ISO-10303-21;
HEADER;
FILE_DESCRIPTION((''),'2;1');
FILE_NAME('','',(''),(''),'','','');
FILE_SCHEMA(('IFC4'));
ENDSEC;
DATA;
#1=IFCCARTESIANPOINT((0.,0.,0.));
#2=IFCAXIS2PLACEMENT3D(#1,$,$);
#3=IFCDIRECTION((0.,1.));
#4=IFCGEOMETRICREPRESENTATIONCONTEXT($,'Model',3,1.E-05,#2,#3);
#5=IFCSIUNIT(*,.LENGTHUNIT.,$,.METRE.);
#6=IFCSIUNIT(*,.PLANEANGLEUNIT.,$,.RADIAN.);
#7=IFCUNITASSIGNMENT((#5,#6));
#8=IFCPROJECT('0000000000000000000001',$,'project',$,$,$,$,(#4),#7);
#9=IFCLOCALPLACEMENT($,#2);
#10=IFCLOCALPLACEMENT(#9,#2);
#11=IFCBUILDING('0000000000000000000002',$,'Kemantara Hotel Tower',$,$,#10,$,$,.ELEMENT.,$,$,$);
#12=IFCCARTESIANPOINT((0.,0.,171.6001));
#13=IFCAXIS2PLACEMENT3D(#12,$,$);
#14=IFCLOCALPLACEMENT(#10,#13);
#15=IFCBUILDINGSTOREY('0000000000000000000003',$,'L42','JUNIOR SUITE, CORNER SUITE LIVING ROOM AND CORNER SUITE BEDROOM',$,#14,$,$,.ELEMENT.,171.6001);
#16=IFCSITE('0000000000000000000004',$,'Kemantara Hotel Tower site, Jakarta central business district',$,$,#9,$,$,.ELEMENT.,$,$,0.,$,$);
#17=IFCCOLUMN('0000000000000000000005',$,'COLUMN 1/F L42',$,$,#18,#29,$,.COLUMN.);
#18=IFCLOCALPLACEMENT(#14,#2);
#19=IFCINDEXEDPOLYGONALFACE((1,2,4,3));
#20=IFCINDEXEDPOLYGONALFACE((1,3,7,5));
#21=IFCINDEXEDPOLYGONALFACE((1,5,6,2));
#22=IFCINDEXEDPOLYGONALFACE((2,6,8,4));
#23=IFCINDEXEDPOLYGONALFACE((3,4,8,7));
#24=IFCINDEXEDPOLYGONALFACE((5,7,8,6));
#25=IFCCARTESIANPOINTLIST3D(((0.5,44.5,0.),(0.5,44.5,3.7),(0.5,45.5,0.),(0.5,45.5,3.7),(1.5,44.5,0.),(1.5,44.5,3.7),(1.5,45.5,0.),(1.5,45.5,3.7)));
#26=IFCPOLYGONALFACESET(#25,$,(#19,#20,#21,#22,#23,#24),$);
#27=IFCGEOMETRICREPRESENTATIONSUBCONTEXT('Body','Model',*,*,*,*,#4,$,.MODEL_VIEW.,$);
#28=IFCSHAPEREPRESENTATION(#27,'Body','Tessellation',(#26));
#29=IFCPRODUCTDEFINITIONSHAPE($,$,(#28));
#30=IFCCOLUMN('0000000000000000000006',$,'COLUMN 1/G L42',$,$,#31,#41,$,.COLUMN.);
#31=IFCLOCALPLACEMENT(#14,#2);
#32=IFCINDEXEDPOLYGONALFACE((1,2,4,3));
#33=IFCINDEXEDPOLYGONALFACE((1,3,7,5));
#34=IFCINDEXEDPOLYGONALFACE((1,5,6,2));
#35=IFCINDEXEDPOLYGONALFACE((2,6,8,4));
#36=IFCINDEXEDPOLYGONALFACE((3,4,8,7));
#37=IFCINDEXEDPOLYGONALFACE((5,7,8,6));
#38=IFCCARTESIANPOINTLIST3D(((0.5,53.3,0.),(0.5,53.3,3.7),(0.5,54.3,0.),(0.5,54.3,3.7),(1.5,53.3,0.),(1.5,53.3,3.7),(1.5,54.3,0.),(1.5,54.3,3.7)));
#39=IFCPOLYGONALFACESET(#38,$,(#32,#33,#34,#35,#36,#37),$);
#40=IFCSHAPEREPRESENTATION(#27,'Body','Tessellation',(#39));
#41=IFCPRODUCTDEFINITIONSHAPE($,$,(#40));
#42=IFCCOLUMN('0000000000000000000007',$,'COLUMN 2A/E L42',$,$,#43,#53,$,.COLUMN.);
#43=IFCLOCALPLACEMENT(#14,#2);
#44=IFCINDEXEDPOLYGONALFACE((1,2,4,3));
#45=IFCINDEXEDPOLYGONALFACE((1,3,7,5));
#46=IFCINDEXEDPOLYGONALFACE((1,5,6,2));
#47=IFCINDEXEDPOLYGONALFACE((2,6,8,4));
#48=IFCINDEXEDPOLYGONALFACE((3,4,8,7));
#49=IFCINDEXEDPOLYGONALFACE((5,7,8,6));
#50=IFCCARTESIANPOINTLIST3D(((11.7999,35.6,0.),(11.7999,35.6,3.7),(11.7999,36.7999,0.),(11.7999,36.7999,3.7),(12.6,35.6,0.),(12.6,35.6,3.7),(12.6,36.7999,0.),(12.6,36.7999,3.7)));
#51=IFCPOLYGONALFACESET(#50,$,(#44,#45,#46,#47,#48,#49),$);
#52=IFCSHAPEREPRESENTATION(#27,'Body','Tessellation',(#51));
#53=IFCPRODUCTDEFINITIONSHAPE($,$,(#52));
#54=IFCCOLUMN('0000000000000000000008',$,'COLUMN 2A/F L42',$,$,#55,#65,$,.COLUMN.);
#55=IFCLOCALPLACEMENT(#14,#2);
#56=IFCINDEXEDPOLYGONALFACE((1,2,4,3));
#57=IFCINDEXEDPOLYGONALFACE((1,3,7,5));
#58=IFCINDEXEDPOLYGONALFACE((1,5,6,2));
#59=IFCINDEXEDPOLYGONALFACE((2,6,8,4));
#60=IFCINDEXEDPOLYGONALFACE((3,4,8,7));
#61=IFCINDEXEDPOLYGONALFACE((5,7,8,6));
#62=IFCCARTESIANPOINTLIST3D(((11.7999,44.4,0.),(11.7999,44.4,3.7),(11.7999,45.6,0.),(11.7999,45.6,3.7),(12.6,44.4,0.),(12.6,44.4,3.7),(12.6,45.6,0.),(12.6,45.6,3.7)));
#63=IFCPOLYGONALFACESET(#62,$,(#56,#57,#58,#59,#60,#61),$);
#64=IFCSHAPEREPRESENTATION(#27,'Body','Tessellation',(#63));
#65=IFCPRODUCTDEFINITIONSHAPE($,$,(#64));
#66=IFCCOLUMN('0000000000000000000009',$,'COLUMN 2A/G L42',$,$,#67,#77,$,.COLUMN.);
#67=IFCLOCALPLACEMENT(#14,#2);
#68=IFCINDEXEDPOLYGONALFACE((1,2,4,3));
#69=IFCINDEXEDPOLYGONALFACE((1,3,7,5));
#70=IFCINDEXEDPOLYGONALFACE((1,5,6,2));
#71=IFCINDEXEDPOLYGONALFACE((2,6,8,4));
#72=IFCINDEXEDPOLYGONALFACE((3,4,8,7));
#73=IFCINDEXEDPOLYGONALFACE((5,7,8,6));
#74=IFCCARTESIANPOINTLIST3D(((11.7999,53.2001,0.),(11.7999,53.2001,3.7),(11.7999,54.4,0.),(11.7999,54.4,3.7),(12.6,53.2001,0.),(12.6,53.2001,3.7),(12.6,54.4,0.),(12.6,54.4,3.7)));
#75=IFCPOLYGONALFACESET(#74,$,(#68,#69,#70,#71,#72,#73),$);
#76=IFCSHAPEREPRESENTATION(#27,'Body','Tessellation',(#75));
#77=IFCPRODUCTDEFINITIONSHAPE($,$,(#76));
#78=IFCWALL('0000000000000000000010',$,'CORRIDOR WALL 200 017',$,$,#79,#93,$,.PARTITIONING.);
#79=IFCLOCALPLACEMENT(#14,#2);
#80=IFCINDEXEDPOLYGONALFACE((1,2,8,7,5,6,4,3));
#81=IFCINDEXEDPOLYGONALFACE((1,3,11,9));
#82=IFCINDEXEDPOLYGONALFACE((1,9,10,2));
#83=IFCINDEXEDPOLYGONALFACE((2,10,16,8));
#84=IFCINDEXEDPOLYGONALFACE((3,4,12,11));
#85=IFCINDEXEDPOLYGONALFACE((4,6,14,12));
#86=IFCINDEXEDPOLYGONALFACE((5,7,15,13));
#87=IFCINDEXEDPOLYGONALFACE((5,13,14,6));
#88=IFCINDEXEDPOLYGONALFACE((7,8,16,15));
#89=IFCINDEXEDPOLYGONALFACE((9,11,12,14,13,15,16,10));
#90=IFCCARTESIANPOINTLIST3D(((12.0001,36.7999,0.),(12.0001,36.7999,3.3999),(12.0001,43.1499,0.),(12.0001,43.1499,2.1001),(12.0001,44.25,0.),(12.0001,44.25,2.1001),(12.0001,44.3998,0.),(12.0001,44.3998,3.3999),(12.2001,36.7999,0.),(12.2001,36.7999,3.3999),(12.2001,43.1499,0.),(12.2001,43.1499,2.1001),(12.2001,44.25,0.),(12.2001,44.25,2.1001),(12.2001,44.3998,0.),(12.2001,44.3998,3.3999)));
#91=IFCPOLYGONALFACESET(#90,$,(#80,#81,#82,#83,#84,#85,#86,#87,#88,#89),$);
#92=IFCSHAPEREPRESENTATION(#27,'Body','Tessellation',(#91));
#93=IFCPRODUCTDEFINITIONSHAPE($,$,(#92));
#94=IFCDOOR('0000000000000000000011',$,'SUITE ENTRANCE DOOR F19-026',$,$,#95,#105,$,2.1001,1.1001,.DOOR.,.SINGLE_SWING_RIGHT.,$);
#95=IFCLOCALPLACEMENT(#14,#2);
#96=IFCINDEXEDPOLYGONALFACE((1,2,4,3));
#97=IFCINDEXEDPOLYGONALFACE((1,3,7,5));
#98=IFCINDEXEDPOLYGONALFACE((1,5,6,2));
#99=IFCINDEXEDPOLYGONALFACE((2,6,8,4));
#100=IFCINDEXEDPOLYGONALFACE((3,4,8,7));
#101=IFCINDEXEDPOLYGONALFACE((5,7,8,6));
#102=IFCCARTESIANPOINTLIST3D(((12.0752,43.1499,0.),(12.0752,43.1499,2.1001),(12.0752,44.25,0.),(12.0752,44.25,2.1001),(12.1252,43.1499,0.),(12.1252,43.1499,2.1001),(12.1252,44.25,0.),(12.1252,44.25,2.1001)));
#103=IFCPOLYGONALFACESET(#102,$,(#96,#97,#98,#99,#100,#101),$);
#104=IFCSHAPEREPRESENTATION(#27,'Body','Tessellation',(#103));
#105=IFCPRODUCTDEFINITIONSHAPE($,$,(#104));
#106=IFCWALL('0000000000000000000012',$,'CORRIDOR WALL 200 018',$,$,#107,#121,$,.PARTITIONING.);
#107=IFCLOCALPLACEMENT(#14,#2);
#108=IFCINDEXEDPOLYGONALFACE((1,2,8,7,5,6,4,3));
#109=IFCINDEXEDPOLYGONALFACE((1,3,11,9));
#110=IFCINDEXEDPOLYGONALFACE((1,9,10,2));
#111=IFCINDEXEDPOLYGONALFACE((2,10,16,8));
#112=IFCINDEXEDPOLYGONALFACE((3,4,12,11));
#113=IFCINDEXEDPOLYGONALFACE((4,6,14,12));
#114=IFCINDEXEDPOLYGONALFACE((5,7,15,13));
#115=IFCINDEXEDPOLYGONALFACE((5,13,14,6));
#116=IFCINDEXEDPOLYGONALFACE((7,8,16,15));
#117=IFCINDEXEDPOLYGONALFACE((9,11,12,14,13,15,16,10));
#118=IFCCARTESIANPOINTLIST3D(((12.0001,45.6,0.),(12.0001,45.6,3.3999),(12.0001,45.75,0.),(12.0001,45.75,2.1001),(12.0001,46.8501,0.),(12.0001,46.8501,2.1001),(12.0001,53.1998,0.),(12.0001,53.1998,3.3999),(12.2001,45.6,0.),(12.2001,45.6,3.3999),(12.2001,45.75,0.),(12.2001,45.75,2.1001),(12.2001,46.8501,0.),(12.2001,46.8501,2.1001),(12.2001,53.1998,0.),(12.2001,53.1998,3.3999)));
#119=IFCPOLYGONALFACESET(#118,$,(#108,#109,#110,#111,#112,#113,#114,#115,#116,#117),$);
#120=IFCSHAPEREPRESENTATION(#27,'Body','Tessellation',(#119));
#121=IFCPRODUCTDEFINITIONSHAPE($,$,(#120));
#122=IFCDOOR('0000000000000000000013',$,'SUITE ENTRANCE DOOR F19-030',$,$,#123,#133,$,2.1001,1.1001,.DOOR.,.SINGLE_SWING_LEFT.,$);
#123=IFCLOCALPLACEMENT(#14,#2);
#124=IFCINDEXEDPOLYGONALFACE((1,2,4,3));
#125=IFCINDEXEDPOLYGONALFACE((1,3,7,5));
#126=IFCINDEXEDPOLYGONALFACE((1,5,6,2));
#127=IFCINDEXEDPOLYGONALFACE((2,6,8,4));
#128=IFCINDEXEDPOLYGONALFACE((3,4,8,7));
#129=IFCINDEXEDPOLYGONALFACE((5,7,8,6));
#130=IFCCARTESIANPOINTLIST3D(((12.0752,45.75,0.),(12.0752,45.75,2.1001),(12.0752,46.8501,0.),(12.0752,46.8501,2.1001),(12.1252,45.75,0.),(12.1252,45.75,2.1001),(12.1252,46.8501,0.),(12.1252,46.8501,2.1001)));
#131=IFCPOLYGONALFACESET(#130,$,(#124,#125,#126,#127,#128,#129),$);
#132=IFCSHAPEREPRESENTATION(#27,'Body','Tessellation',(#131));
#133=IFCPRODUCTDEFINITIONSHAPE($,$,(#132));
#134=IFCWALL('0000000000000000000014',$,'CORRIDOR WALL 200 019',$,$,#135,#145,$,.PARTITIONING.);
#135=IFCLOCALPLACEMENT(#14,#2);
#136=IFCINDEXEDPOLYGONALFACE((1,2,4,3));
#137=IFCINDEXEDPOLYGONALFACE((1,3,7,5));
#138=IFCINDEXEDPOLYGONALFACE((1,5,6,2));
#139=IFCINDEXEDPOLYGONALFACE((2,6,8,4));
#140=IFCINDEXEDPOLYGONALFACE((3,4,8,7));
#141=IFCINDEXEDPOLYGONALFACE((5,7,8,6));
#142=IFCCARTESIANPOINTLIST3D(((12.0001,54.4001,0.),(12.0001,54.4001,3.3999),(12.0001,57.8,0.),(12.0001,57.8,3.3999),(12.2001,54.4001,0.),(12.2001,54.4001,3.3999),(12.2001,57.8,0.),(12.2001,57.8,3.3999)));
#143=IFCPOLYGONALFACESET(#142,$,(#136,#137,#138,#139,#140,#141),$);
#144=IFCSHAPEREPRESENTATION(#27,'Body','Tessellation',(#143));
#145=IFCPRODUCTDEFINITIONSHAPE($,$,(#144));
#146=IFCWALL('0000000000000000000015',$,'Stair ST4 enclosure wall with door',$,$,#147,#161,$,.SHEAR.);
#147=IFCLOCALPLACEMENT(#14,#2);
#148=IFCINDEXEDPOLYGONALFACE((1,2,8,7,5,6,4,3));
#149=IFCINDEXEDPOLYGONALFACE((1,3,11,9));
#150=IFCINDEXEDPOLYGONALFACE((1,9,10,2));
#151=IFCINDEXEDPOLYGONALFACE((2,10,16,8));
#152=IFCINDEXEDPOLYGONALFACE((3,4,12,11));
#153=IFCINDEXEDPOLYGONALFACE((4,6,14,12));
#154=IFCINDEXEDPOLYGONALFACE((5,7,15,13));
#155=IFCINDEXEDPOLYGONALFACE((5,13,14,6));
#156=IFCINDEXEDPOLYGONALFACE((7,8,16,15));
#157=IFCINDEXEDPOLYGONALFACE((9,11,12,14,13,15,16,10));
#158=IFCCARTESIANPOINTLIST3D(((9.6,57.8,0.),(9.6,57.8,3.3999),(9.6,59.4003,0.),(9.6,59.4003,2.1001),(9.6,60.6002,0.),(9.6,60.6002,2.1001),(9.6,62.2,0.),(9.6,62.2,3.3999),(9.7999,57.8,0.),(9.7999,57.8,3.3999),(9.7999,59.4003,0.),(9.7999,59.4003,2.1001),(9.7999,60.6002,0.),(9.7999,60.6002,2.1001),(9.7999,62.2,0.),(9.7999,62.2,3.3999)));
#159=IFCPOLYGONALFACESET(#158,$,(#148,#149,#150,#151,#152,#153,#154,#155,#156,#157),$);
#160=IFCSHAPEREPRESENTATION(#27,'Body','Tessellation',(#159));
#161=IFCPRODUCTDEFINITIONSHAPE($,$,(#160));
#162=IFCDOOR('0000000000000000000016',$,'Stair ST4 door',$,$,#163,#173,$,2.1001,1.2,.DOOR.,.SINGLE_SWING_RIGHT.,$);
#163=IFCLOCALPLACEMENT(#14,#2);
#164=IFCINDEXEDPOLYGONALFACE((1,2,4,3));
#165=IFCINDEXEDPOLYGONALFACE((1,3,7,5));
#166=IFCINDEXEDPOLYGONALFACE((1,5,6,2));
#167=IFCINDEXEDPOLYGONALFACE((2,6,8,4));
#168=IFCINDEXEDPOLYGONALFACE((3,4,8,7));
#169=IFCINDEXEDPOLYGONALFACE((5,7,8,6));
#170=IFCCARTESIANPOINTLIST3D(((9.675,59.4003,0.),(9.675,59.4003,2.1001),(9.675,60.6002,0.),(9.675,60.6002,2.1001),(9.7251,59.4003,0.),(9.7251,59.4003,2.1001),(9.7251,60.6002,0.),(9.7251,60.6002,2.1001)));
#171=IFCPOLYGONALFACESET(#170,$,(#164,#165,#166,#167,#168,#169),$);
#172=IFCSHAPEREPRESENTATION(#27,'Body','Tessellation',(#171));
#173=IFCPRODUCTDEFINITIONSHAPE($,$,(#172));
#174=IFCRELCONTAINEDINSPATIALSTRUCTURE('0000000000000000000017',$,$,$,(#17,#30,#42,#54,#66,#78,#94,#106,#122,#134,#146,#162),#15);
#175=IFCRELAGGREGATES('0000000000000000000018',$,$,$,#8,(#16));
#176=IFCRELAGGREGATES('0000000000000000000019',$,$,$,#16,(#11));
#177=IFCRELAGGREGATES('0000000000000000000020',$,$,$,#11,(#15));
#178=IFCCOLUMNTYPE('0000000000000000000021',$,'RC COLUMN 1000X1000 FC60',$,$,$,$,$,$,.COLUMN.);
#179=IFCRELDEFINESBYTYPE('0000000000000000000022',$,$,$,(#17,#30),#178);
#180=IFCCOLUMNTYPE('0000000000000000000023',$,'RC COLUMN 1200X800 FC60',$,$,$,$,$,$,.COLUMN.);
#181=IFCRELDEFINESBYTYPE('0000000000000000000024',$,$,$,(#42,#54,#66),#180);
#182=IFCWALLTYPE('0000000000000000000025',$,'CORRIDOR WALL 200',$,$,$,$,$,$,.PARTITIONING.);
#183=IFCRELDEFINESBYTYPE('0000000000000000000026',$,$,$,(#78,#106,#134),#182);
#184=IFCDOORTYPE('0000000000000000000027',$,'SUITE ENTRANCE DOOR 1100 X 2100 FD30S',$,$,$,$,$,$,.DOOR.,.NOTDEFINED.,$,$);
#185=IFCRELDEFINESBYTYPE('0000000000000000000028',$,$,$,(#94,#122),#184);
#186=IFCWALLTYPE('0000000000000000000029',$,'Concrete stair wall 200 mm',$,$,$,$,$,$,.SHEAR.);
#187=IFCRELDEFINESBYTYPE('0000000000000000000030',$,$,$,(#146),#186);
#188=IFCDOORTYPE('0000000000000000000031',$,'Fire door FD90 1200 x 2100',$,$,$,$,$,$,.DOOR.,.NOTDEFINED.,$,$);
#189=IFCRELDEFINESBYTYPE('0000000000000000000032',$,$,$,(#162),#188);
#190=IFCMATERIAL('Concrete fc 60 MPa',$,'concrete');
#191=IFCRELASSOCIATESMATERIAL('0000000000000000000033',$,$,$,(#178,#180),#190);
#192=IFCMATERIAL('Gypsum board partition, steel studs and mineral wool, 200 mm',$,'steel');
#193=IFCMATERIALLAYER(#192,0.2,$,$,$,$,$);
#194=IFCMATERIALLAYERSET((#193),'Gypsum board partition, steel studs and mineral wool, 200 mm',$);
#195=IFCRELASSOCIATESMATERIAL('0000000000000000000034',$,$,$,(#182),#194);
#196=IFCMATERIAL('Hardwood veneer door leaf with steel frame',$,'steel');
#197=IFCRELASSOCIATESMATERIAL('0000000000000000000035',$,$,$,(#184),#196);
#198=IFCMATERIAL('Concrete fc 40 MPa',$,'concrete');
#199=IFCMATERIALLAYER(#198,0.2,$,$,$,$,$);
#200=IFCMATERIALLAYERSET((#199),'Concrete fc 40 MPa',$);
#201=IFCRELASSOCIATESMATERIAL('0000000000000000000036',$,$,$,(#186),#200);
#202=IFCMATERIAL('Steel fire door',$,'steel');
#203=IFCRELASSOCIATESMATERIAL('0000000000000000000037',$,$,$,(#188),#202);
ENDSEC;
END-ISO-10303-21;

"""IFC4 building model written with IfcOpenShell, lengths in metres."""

from ifc_helpers import new_model, si_unit, direction, frame, frame_2d, origin, origin_2d, place, context, subcontext, project, spatial, rectangle, extrude, material, layer, layer_set, material_profile, profile_set, type_object, element, fill, save


model = new_model("IFC4")

# Units and contexts
model_context = context("Model", 3, precision=1e-05, world=origin(), true_north=direction((0.0, 1.0)))
body_context = subcontext(model_context, "Body", "Model", "MODEL_VIEW")
ifc_project = project(units=[si_unit("LENGTHUNIT", "METRE"), si_unit("PLANEANGLEUNIT", "RADIAN")], contexts=[model_context])

# Site, building, storey
site_placement = place(None, origin())
site = spatial("IfcSite", under=ifc_project, at=site_placement, Name="Kemantara Hotel Tower site, Jakarta central business district", CompositionType="ELEMENT", RefElevation=0.0)
building_placement = place(site_placement, origin())
building = spatial("IfcBuilding", under=site, at=building_placement, Name="Kemantara Hotel Tower", CompositionType="ELEMENT")
storey_placement = place(building_placement, frame((0.0, 0.0, 171.6001)))
storey = spatial("IfcBuildingStorey", under=building, at=storey_placement, Name="L42", Description="JUNIOR SUITE, CORNER SUITE LIVING ROOM AND CORNER SUITE BEDROOM", CompositionType="ELEMENT", Elevation=171.6001)

# Columns
ifc_material_1 = material(Name="Concrete fc 60 MPa", Category="concrete")
ifc_material_profile_1 = material_profile(ifc_material_1, rectangle(XDim=1.0, YDim=1.0, at=origin_2d()), Name="RC 1000X1000")
ifc_profile_set_1 = profile_set([ifc_material_profile_1], Name="Concrete fc 60 MPa")
column_type_1 = type_object("IfcColumnType", Name="RC COLUMN 1000X1000 FC60", PredefinedType="COLUMN", material=ifc_profile_set_1)
for number, where, z_axis, x_axis, name in (
    (1, (1.0, 45.0, 0.0), (0.0, 0.0, 1.0), (1.0, 0.0, 0.0), "COLUMN 1/F L42"),
    (2, (1.0, 53.8, 0.0), (0.0, 0.0, 1.0), (1.0, 0.0, 0.0), "COLUMN 1/G L42"),
):
    element("IfcColumn", number, at=place(storey_placement, frame(where, z_axis=z_axis, x_axis=x_axis)), inside=storey, type_object=column_type_1, Name=name, PredefinedType="COLUMN", context=body_context, shape_type="SweptSolid", body=[
        extrude(rectangle(XDim=1.0, YDim=1.0, at=origin_2d()), origin(), (0.0, 0.0, 1.0), 3.7),
    ])
ifc_material_profile_2 = material_profile(ifc_material_1, rectangle(XDim=1.2, YDim=0.8, at=origin_2d()), Name="RC 1200X800")
ifc_profile_set_2 = profile_set([ifc_material_profile_2], Name="Concrete fc 60 MPa")
column_type_2 = type_object("IfcColumnType", Name="RC COLUMN 1200X800 FC60", PredefinedType="COLUMN", material=ifc_profile_set_2)
for number, where, z_axis, x_axis, name in (
    (3, (12.2, 36.2, 0.0), (0.0, 0.0, 1.0), (0.0, 1.0, 0.0), "COLUMN 2A/E L42"),
    (4, (12.2, 45.0, 0.0), (0.0, 0.0, 1.0), (0.0, 1.0, 0.0), "COLUMN 2A/F L42"),
    (5, (12.2, 53.8, 0.0), (0.0, 0.0, 1.0), (0.0, 1.0, 0.0), "COLUMN 2A/G L42"),
):
    element("IfcColumn", number, at=place(storey_placement, frame(where, z_axis=z_axis, x_axis=x_axis)), inside=storey, type_object=column_type_2, Name=name, PredefinedType="COLUMN", context=body_context, shape_type="SweptSolid", body=[
        extrude(rectangle(XDim=1.2, YDim=0.8, at=origin_2d()), origin(), (0.0, 0.0, 1.0), 3.7),
    ])

# Walls, openings, doors
ifc_material_2 = material(Name="Gypsum board partition, steel studs and mineral wool, 200 mm", Category="steel")
ifc_layer_1 = layer(ifc_material_2, 0.2)
ifc_layer_set_1 = layer_set([ifc_layer_1], Name="Gypsum board partition, steel studs and mineral wool, 200 mm")
wall_type_1 = type_object("IfcWallType", Name="CORRIDOR WALL 200", PredefinedType="PARTITIONING", material=ifc_layer_set_1)
wall_1_placement = place(storey_placement, frame((12.1001, 36.8, 0.0), z_axis=(0.0, 0.0, 1.0), x_axis=(0.0, 1.0, 0.0)))
wall_1 = element("IfcWall", 6, at=wall_1_placement, inside=storey, type_object=wall_type_1, Name="CORRIDOR WALL 200 017", PredefinedType="PARTITIONING", context=body_context, shape_type="SweptSolid", body=[
    extrude(rectangle(XDim=7.5999, YDim=0.2, at=frame_2d((3.7998, 0.0))), origin(), (0.0, 0.0, 1.0), 3.3999),
])
opening_1_placement = place(wall_1_placement, frame((6.3499, 0.0, 0.0)))
opening_1 = element("IfcOpeningElement", 7, at=opening_1_placement, cuts=wall_1, PredefinedType="OPENING", context=body_context, shape_type="SweptSolid", body=[
    extrude(rectangle(XDim=1.1001, YDim=2.1001, at=frame_2d((0.55, 1.05))), frame((0.0, 0.1099, 0.0), z_axis=(0.0, -1.0, 0.0), x_axis=(1.0, 0.0, 0.0)), (0.0, 0.0, 1.0), 0.22),
])
ifc_material_3 = material(Name="Hardwood veneer door leaf with steel frame", Category="steel")
door_type_1 = type_object("IfcDoorType", Name="SUITE ENTRANCE DOOR 1100 X 2100 FD30S", OperationType="NOTDEFINED", PredefinedType="DOOR", material=ifc_material_3)
door_1_placement = place(opening_1_placement, origin())
door_1 = element("IfcDoor", 8, at=door_1_placement, inside=storey, type_object=door_type_1, Name="SUITE ENTRANCE DOOR F19-026", OperationType="SINGLE_SWING_RIGHT", OverallHeight=2.1001, OverallWidth=1.1001, PredefinedType="DOOR", context=body_context, shape_type="SweptSolid", body=[
    extrude(rectangle(XDim=1.1001, YDim=2.1001, at=frame_2d((0.55, 1.05))), frame((0.0, 0.0249, 0.0), z_axis=(0.0, -1.0, 0.0), x_axis=(1.0, 0.0, 0.0)), (0.0, 0.0, 1.0), 0.05),
])
fill(opening_1, door_1)
wall_2_placement = place(storey_placement, frame((12.1001, 45.6001, 0.0), z_axis=(0.0, 0.0, 1.0), x_axis=(0.0, 1.0, 0.0)))
wall_2 = element("IfcWall", 9, at=wall_2_placement, inside=storey, type_object=wall_type_1, Name="CORRIDOR WALL 200 018", PredefinedType="PARTITIONING", context=body_context, shape_type="SweptSolid", body=[
    extrude(rectangle(XDim=7.5999, YDim=0.2, at=frame_2d((3.7998, 0.0))), origin(), (0.0, 0.0, 1.0), 3.3999),
])
opening_2_placement = place(wall_2_placement, frame((0.1499, 0.0, 0.0)))
opening_2 = element("IfcOpeningElement", 10, at=opening_2_placement, cuts=wall_2, PredefinedType="OPENING", context=body_context, shape_type="SweptSolid", body=[
    extrude(rectangle(XDim=1.1001, YDim=2.1001, at=frame_2d((0.55, 1.05))), frame((0.0, 0.1099, 0.0), z_axis=(0.0, -1.0, 0.0), x_axis=(1.0, 0.0, 0.0)), (0.0, 0.0, 1.0), 0.22),
])
door_2_placement = place(opening_2_placement, origin())
door_2 = element("IfcDoor", 11, at=door_2_placement, inside=storey, type_object=door_type_1, Name="SUITE ENTRANCE DOOR F19-030", OperationType="SINGLE_SWING_LEFT", OverallHeight=2.1001, OverallWidth=1.1001, PredefinedType="DOOR", context=body_context, shape_type="SweptSolid", body=[
    extrude(rectangle(XDim=1.1001, YDim=2.1001, at=frame_2d((0.55, 1.05))), frame((0.0, 0.0249, 0.0), z_axis=(0.0, -1.0, 0.0), x_axis=(1.0, 0.0, 0.0)), (0.0, 0.0, 1.0), 0.05),
])
fill(opening_2, door_2)

# Wall
wall_3_placement = place(storey_placement, frame((12.1001, 54.4001, 0.0), z_axis=(0.0, 0.0, 1.0), x_axis=(0.0, 1.0, 0.0)))
element("IfcWall", 12, at=wall_3_placement, inside=storey, type_object=wall_type_1, Name="CORRIDOR WALL 200 019", PredefinedType="PARTITIONING", context=body_context, shape_type="SweptSolid", body=[
    extrude(rectangle(XDim=3.3999, YDim=0.2, at=frame_2d((1.7, 0.0))), origin(), (0.0, 0.0, 1.0), 3.3999),
])

# Wall, opening, door
ifc_material_4 = material(Name="Concrete fc 40 MPa", Category="concrete")
ifc_layer_2 = layer(ifc_material_4, 0.2)
ifc_layer_set_2 = layer_set([ifc_layer_2], Name="Concrete fc 40 MPa")
wall_type_2 = type_object("IfcWallType", Name="Concrete stair wall 200 mm", PredefinedType="SHEAR", material=ifc_layer_set_2)
wall_4_placement = place(storey_placement, frame((9.7, 57.8, 0.0), z_axis=(0.0, 0.0, 1.0), x_axis=(0.0, 1.0, 0.0)))
wall_4 = element("IfcWall", 13, at=wall_4_placement, inside=storey, type_object=wall_type_2, Name="Stair ST4 enclosure wall with door", PredefinedType="SHEAR", context=body_context, shape_type="SweptSolid", body=[
    extrude(rectangle(XDim=4.3999, YDim=0.2, at=frame_2d((2.2, 0.0))), origin(), (0.0, 0.0, 1.0), 3.3999),
])
opening_3_placement = place(wall_4_placement, frame((1.6001, 0.0, 0.0)))
opening_3 = element("IfcOpeningElement", 14, at=opening_3_placement, cuts=wall_4, PredefinedType="OPENING", context=body_context, shape_type="SweptSolid", body=[
    extrude(rectangle(XDim=1.2, YDim=2.1001, at=frame_2d((0.6001, 1.05))), frame((0.0, 0.1099, 0.0), z_axis=(0.0, -1.0, 0.0), x_axis=(1.0, 0.0, 0.0)), (0.0, 0.0, 1.0), 0.22),
])
ifc_material_5 = material(Name="Steel fire door", Category="steel")
door_type_2 = type_object("IfcDoorType", Name="Fire door FD90 1200 x 2100", OperationType="NOTDEFINED", PredefinedType="DOOR", material=ifc_material_5)
door_3_placement = place(opening_3_placement, origin())
door_3 = element("IfcDoor", 15, at=door_3_placement, inside=storey, type_object=door_type_2, Name="Stair ST4 door", OperationType="SINGLE_SWING_RIGHT", OverallHeight=2.1001, OverallWidth=1.2, PredefinedType="DOOR", context=body_context, shape_type="SweptSolid", body=[
    extrude(rectangle(XDim=1.2, YDim=2.1001, at=frame_2d((0.6001, 1.05))), frame((0.0, 0.0249, 0.0), z_axis=(0.0, -1.0, 0.0), x_axis=(1.0, 0.0, 0.0)), (0.0, 0.0, 1.0), 0.05),
])
fill(opening_3, door_3)

save(model, "model.ifc")
